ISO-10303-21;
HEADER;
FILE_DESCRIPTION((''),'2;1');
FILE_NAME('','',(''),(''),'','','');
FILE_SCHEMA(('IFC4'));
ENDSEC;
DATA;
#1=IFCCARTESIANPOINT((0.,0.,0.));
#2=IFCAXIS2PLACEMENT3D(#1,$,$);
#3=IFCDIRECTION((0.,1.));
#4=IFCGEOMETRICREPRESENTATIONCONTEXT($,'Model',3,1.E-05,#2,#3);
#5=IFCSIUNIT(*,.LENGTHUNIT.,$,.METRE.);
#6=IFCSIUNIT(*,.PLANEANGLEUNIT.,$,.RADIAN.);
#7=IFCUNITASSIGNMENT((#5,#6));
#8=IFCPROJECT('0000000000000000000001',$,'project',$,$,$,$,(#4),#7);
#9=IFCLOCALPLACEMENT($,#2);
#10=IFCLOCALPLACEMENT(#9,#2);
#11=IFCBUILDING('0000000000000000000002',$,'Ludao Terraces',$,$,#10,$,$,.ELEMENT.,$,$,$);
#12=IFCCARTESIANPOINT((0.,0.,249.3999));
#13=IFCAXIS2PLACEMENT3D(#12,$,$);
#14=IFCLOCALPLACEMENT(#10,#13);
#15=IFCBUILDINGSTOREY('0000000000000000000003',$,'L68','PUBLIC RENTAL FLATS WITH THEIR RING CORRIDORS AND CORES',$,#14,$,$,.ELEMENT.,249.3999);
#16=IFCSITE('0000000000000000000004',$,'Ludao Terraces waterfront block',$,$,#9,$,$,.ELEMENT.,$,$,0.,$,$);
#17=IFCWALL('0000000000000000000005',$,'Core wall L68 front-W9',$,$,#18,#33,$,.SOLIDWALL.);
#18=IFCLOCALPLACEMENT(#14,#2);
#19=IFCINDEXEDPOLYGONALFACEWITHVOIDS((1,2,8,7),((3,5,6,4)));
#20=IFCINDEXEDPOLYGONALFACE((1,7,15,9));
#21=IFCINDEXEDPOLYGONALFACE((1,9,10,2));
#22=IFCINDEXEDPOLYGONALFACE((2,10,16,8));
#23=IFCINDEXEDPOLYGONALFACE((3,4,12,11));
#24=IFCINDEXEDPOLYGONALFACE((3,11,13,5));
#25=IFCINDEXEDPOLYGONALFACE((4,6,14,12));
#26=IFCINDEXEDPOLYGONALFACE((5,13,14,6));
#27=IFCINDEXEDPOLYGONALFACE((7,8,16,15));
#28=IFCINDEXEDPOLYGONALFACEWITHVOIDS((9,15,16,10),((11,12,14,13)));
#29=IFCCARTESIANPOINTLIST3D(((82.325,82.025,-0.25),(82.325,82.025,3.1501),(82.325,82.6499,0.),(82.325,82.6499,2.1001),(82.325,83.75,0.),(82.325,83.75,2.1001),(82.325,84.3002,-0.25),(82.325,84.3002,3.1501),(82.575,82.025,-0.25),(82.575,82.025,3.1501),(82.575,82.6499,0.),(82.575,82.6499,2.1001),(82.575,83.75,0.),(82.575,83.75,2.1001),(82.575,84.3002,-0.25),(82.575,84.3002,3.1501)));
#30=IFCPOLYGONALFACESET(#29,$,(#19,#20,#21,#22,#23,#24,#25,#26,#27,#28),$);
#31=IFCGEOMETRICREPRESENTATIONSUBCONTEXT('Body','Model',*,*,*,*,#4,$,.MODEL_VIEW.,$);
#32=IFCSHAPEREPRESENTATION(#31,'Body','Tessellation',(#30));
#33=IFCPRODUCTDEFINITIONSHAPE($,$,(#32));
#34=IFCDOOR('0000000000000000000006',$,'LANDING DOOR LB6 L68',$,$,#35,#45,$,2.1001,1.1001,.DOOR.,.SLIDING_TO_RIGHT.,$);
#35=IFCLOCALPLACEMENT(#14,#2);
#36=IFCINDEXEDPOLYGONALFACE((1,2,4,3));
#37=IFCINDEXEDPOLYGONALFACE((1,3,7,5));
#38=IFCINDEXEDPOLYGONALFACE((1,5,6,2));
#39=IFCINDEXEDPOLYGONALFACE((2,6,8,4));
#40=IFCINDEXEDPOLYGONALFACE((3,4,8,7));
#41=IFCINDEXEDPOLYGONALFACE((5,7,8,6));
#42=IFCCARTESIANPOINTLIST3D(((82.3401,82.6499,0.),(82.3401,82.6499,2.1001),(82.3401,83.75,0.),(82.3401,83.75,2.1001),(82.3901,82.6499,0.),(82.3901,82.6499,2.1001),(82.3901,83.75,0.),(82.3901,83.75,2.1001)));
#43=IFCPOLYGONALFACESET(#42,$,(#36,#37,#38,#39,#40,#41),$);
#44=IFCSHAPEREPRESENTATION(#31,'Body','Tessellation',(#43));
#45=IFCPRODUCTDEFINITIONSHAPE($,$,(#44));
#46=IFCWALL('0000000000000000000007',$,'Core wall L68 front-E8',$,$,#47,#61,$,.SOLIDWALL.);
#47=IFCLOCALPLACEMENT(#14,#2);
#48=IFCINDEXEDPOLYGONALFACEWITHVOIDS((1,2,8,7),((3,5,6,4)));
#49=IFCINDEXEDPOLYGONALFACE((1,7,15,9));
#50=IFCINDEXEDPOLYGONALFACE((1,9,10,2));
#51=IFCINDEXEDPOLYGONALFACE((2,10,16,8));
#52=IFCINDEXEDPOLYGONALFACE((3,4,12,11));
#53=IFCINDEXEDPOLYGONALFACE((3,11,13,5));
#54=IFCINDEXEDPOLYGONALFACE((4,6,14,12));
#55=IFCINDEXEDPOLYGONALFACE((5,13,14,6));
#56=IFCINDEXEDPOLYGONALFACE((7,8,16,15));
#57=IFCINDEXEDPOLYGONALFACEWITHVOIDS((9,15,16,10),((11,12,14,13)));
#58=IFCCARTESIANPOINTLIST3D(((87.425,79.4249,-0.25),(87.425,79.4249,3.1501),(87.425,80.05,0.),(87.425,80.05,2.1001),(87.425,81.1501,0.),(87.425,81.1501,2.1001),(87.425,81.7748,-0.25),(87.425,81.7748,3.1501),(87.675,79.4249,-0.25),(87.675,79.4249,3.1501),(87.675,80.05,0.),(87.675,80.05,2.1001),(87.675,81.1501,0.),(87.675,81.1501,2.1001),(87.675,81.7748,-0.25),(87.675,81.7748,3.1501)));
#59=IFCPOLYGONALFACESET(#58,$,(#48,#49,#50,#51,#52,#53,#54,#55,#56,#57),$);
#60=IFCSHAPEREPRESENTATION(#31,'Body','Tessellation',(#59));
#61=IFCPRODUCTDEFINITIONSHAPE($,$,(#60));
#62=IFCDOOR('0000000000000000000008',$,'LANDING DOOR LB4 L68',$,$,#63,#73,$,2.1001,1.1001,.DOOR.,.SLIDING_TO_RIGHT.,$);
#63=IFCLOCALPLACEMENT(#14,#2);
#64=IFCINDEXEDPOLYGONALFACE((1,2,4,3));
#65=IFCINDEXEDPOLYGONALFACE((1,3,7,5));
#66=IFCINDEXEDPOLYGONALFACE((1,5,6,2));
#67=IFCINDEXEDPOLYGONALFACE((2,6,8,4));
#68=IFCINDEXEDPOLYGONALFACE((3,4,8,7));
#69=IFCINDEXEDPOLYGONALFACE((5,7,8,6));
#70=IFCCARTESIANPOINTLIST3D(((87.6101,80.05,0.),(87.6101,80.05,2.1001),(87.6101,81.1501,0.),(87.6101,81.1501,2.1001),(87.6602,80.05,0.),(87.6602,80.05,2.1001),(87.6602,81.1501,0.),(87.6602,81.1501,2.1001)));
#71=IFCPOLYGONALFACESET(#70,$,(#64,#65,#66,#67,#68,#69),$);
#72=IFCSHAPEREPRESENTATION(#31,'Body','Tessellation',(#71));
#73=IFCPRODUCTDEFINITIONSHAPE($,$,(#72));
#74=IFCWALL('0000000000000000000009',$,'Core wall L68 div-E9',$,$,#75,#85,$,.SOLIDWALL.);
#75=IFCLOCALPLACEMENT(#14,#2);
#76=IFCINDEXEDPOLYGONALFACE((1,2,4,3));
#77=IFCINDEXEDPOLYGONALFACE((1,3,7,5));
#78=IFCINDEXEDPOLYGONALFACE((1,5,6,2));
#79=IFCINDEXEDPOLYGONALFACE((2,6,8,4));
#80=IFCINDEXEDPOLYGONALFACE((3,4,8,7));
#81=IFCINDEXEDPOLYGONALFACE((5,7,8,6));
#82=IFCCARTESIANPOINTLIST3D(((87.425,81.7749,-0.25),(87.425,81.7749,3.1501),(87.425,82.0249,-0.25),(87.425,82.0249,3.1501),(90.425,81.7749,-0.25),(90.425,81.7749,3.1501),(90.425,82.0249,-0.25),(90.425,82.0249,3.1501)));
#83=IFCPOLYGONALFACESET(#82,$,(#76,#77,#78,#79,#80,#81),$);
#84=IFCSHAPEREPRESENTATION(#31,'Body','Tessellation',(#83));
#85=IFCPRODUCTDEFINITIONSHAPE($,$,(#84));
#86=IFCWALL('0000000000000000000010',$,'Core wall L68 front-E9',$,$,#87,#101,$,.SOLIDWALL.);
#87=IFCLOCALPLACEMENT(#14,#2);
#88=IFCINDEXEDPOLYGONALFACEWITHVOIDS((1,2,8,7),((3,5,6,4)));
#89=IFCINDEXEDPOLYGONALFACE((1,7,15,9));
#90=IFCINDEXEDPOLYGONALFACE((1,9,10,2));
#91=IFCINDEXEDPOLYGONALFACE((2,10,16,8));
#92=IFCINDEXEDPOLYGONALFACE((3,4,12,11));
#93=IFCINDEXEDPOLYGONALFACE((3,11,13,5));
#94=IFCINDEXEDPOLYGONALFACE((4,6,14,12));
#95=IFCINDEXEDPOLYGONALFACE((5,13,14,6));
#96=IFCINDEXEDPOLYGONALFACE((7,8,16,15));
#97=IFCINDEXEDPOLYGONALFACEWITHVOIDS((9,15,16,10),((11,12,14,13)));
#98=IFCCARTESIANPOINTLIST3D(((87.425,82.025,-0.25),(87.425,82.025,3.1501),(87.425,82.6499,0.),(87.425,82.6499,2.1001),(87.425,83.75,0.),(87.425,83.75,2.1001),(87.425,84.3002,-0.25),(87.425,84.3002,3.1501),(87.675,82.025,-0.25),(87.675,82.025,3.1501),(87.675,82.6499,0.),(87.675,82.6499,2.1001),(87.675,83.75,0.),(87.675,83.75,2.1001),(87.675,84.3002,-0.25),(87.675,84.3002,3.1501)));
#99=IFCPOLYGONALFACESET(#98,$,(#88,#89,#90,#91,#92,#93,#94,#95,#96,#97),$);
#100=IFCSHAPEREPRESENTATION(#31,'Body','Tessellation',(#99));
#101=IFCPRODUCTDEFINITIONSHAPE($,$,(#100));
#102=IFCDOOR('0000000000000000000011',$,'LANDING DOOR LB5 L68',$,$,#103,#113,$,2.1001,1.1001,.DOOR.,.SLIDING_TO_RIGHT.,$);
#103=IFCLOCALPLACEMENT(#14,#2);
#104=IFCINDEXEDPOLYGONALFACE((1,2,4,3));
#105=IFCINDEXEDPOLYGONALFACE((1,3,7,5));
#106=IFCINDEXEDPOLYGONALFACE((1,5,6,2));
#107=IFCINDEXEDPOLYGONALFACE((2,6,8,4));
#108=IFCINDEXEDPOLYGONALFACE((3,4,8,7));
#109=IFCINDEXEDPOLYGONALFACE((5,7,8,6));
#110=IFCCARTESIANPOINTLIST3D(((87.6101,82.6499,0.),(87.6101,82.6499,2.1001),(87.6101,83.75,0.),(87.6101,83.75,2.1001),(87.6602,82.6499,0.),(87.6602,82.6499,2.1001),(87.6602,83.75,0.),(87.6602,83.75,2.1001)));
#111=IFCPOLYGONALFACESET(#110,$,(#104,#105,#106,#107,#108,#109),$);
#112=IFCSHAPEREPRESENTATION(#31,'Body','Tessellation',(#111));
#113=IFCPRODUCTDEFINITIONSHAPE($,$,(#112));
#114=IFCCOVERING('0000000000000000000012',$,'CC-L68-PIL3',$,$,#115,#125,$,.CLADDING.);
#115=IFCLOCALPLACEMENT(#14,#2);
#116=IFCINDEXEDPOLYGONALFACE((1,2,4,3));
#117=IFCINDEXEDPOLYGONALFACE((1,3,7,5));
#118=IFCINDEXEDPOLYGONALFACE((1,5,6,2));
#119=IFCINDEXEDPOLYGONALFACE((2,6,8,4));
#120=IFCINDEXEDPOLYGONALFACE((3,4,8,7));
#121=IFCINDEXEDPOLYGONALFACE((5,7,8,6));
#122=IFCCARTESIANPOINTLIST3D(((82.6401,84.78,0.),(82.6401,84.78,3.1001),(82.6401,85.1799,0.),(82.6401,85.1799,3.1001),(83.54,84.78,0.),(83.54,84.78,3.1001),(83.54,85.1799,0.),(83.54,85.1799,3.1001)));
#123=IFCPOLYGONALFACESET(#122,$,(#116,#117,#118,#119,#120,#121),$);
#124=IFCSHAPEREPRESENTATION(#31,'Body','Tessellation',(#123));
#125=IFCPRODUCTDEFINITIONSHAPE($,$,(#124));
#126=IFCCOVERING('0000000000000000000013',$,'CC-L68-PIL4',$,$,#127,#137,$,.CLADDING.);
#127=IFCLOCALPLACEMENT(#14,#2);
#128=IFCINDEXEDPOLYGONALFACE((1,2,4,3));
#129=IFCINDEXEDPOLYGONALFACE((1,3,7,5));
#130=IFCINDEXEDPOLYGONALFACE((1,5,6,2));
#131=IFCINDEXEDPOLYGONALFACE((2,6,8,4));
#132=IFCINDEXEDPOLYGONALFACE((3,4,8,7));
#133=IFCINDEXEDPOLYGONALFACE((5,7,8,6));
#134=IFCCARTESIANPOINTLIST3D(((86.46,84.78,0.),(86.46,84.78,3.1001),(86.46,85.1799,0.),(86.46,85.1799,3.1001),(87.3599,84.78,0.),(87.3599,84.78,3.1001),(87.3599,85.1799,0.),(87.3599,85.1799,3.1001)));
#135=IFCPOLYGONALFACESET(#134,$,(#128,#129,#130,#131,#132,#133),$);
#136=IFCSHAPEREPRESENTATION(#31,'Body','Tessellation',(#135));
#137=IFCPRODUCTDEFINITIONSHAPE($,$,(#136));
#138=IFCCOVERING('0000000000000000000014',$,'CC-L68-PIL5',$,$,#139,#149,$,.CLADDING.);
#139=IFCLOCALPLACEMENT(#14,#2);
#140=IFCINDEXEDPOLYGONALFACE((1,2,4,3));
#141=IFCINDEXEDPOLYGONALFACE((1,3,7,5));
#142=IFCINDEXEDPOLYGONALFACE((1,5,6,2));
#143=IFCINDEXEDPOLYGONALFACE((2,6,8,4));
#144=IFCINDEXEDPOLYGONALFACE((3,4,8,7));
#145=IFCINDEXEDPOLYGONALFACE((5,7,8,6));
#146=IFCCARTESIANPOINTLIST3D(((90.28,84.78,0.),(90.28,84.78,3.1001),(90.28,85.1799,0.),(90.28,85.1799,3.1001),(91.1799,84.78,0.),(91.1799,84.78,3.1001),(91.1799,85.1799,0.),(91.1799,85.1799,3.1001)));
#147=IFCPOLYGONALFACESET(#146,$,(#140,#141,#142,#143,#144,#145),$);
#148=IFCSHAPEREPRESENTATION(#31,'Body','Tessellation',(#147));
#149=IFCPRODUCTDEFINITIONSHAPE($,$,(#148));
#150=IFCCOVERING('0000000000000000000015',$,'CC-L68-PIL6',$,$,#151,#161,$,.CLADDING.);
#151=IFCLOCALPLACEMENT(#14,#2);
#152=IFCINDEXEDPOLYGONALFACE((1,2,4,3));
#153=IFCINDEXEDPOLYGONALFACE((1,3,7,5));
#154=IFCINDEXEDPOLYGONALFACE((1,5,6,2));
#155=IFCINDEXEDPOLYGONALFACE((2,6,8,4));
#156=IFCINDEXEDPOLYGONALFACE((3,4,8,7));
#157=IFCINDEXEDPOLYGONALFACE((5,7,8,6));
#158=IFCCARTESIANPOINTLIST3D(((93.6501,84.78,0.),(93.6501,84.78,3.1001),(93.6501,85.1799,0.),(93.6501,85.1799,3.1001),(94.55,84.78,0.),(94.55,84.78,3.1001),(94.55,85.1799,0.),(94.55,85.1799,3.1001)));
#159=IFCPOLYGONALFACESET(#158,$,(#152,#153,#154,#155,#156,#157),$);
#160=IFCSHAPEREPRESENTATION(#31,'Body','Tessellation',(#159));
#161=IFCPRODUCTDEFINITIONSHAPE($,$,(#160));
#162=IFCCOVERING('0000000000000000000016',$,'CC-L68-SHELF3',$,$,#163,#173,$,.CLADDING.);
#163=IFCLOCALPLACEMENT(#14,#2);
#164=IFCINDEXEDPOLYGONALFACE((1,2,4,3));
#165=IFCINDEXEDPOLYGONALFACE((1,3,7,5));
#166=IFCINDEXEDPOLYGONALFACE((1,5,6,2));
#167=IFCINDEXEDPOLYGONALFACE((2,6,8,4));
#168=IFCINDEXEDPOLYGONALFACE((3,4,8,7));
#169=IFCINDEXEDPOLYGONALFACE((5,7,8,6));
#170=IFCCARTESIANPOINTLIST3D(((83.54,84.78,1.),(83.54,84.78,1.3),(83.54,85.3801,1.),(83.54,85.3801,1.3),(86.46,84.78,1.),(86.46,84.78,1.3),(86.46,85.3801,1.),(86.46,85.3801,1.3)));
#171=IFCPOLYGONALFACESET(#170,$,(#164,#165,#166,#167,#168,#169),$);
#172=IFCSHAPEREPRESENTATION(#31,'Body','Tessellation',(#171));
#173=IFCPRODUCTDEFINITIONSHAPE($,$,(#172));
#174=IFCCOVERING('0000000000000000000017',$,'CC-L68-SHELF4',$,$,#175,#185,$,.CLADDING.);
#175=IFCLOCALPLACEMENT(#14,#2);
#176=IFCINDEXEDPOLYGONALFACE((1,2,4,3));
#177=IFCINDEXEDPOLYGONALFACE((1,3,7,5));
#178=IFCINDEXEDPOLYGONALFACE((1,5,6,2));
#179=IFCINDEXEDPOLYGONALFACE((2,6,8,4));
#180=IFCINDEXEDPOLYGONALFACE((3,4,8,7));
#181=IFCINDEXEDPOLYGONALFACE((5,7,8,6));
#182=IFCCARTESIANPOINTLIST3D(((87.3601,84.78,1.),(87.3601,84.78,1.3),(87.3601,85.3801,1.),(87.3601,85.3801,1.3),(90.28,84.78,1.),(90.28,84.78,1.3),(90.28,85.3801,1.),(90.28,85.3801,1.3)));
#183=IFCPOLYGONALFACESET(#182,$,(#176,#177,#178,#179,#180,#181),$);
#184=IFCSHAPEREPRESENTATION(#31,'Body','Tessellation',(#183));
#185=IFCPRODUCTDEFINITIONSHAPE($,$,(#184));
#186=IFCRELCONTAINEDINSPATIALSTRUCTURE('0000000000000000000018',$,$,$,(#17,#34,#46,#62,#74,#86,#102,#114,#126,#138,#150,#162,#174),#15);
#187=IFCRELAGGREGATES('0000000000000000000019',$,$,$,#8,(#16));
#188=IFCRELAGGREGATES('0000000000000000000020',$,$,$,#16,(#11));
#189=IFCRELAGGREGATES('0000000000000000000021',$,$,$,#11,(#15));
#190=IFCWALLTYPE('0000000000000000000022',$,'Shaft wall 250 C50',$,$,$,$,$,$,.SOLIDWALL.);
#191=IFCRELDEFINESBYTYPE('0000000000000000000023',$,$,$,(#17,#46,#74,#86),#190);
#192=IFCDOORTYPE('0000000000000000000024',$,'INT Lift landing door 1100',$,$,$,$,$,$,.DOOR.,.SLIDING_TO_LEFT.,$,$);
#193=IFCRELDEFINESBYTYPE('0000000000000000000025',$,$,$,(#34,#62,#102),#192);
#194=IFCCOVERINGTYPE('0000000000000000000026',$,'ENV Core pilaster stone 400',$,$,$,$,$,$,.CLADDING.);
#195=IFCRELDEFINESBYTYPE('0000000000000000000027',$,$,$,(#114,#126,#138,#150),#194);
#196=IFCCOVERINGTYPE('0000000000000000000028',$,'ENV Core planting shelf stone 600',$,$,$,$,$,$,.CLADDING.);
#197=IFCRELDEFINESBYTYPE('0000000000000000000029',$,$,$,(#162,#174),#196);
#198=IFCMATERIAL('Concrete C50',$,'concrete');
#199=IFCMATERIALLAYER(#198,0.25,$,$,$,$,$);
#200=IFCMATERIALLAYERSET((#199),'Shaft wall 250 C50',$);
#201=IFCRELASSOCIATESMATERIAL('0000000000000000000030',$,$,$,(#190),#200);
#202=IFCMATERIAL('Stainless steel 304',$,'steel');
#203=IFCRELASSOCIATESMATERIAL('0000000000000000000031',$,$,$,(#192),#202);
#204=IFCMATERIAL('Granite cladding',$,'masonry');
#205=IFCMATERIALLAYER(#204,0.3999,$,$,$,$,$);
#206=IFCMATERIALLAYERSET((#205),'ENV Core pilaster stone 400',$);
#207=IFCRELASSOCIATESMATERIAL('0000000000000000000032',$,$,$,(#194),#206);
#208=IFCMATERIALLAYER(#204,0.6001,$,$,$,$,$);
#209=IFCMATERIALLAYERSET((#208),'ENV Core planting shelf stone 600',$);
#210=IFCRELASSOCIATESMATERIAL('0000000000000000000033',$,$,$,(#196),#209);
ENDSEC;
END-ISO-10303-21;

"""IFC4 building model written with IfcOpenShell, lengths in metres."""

from ifc_helpers import new_model, si_unit, direction, frame, frame_2d, origin, origin_2d, place, context, subcontext, project, spatial, rectangle, extrude, material, layer, layer_set, type_object, element, fill, save


model = new_model("IFC4")

# Units and contexts
model_context = context("Model", 3, precision=1e-05, world=origin(), true_north=direction((0.0, 1.0)))
body_context = subcontext(model_context, "Body", "Model", "MODEL_VIEW")
ifc_project = project(units=[si_unit("LENGTHUNIT", "METRE"), si_unit("PLANEANGLEUNIT", "RADIAN")], contexts=[model_context])

# Site, building, storey
site_placement = place(None, origin())
site = spatial("IfcSite", under=ifc_project, at=site_placement, Name="Ludao Terraces waterfront block", CompositionType="ELEMENT", RefElevation=0.0)
building_placement = place(site_placement, origin())
building = spatial("IfcBuilding", under=site, at=building_placement, Name="Ludao Terraces", CompositionType="ELEMENT")
storey_placement = place(building_placement, frame((0.0, 0.0, 249.3999)))
storey = spatial("IfcBuildingStorey", under=building, at=storey_placement, Name="L68", Description="PUBLIC RENTAL FLATS WITH THEIR RING CORRIDORS AND CORES", CompositionType="ELEMENT", Elevation=249.3999)

# Walls, openings, doors
ifc_material_1 = material(Name="Concrete C50", Category="concrete")
ifc_layer_1 = layer(ifc_material_1, 0.25)
ifc_layer_set_1 = layer_set([ifc_layer_1], Name="Shaft wall 250 C50")
wall_type = type_object("IfcWallType", Name="Shaft wall 250 C50", PredefinedType="SOLIDWALL", material=ifc_layer_set_1)
wall_1_placement = place(storey_placement, frame((82.45, 82.0249, -0.25), z_axis=(0.0, 0.0, 1.0), x_axis=(0.0, 1.0, 0.0)))
wall_1 = element("IfcWall", 1, at=wall_1_placement, inside=storey, type_object=wall_type, Name="Core wall L68 front-W9", PredefinedType="SOLIDWALL", context=body_context, shape_type="SweptSolid", body=[
    extrude(rectangle(XDim=2.2751, YDim=0.25, at=frame_2d((1.1377, 0.0))), origin(), (0.0, 0.0, 1.0), 3.4001),
])
opening_1_placement = place(wall_1_placement, frame((0.625, 0.0, 0.25)))
opening_1 = element("IfcOpeningElement", 2, at=opening_1_placement, cuts=wall_1, PredefinedType="OPENING", context=body_context, shape_type="SweptSolid", body=[
    extrude(rectangle(XDim=1.1001, YDim=2.1001, at=frame_2d((0.55, 1.05))), frame((0.0, 0.135, 0.0), z_axis=(0.0, -1.0, 0.0), x_axis=(1.0, 0.0, 0.0)), (0.0, 0.0, 1.0), 0.27),
])
ifc_material_2 = material(Name="Stainless steel 304", Category="steel")
door_type = type_object("IfcDoorType", Name="INT Lift landing door 1100", OperationType="SLIDING_TO_LEFT", PredefinedType="DOOR", material=ifc_material_2)
door_1_placement = place(opening_1_placement, origin())
door_1 = element("IfcDoor", 3, at=door_1_placement, inside=storey, type_object=door_type, Name="LANDING DOOR LB6 L68", OperationType="SLIDING_TO_RIGHT", OverallHeight=2.1001, OverallWidth=1.1001, PredefinedType="DOOR", context=body_context, shape_type="SweptSolid", body=[
    extrude(rectangle(XDim=1.1001, YDim=2.1001, at=frame_2d((0.55, 1.05))), frame((0.0, 0.1099, 0.0), z_axis=(0.0, -1.0, 0.0), x_axis=(1.0, 0.0, 0.0)), (0.0, 0.0, 1.0), 0.05),
])
fill(opening_1, door_1)
wall_2_placement = place(storey_placement, frame((87.55, 79.425, -0.25), z_axis=(0.0, 0.0, 1.0), x_axis=(0.0, 1.0, 0.0)))
wall_2 = element("IfcWall", 4, at=wall_2_placement, inside=storey, type_object=wall_type, Name="Core wall L68 front-E8", PredefinedType="SOLIDWALL", context=body_context, shape_type="SweptSolid", body=[
    extrude(rectangle(XDim=2.3499, YDim=0.25, at=frame_2d((1.1748, 0.0))), origin(), (0.0, 0.0, 1.0), 3.4001),
])
opening_2_placement = place(wall_2_placement, frame((0.625, 0.0, 0.25)))
opening_2 = element("IfcOpeningElement", 5, at=opening_2_placement, cuts=wall_2, PredefinedType="OPENING", context=body_context, shape_type="SweptSolid", body=[
    extrude(rectangle(XDim=1.1001, YDim=2.1001, at=frame_2d((0.55, 1.05))), frame((0.0, 0.135, 0.0), z_axis=(0.0, -1.0, 0.0), x_axis=(1.0, 0.0, 0.0)), (0.0, 0.0, 1.0), 0.27),
])
door_2_placement = place(opening_2_placement, origin())
door_2 = element("IfcDoor", 6, at=door_2_placement, inside=storey, type_object=door_type, Name="LANDING DOOR LB4 L68", OperationType="SLIDING_TO_RIGHT", OverallHeight=2.1001, OverallWidth=1.1001, PredefinedType="DOOR", context=body_context, shape_type="SweptSolid", body=[
    extrude(rectangle(XDim=1.1001, YDim=2.1001, at=frame_2d((0.55, 1.05))), frame((0.0, -0.0601, 0.0), z_axis=(0.0, -1.0, 0.0), x_axis=(1.0, 0.0, 0.0)), (0.0, 0.0, 1.0), 0.05),
])
fill(opening_2, door_2)

# Wall
wall_3_placement = place(storey_placement, frame((87.425, 81.8999, -0.25), z_axis=(0.0, 0.0, 1.0), x_axis=(1.0, 0.0, 0.0)))
element("IfcWall", 7, at=wall_3_placement, inside=storey, type_object=wall_type, Name="Core wall L68 div-E9", PredefinedType="SOLIDWALL", context=body_context, shape_type="SweptSolid", body=[
    extrude(rectangle(XDim=3.0, YDim=0.25, at=frame_2d((1.5, 0.0))), origin(), (0.0, 0.0, 1.0), 3.4001),
])

# Wall, opening, door
wall_4_placement = place(storey_placement, frame((87.55, 82.0249, -0.25), z_axis=(0.0, 0.0, 1.0), x_axis=(0.0, 1.0, 0.0)))
wall_4 = element("IfcWall", 8, at=wall_4_placement, inside=storey, type_object=wall_type, Name="Core wall L68 front-E9", PredefinedType="SOLIDWALL", context=body_context, shape_type="SweptSolid", body=[
    extrude(rectangle(XDim=2.2751, YDim=0.25, at=frame_2d((1.1377, 0.0))), origin(), (0.0, 0.0, 1.0), 3.4001),
])
opening_3_placement = place(wall_4_placement, frame((0.625, 0.0, 0.25)))
opening_3 = element("IfcOpeningElement", 9, at=opening_3_placement, cuts=wall_4, PredefinedType="OPENING", context=body_context, shape_type="SweptSolid", body=[
    extrude(rectangle(XDim=1.1001, YDim=2.1001, at=frame_2d((0.55, 1.05))), frame((0.0, 0.135, 0.0), z_axis=(0.0, -1.0, 0.0), x_axis=(1.0, 0.0, 0.0)), (0.0, 0.0, 1.0), 0.27),
])
door_3_placement = place(opening_3_placement, origin())
door_3 = element("IfcDoor", 10, at=door_3_placement, inside=storey, type_object=door_type, Name="LANDING DOOR LB5 L68", OperationType="SLIDING_TO_RIGHT", OverallHeight=2.1001, OverallWidth=1.1001, PredefinedType="DOOR", context=body_context, shape_type="SweptSolid", body=[
    extrude(rectangle(XDim=1.1001, YDim=2.1001, at=frame_2d((0.55, 1.05))), frame((0.0, -0.0601, 0.0), z_axis=(0.0, -1.0, 0.0), x_axis=(1.0, 0.0, 0.0)), (0.0, 0.0, 1.0), 0.05),
])
fill(opening_3, door_3)

# Coverings
ifc_material_3 = material(Name="Granite cladding", Category="masonry")
ifc_layer_2 = layer(ifc_material_3, 0.3999)
ifc_layer_set_2 = layer_set([ifc_layer_2], Name="ENV Core pilaster stone 400")
covering_type_1 = type_object("IfcCoveringType", Name="ENV Core pilaster stone 400", PredefinedType="CLADDING", material=ifc_layer_set_2)
for number, where, z_axis, x_axis, name in (
    (11, (83.0901, 84.98, 0.0), (0.0, 0.0, 1.0), (1.0, 0.0, 0.0), "CC-L68-PIL3"),
    (12, (86.9099, 84.98, 0.0), (0.0, 0.0, 1.0), (1.0, 0.0, 0.0), "CC-L68-PIL4"),
    (13, (90.73, 84.98, 0.0), (0.0, 0.0, 1.0), (1.0, 0.0, 0.0), "CC-L68-PIL5"),
    (14, (94.1001, 84.98, 0.0), (0.0, 0.0, 1.0), (1.0, 0.0, 0.0), "CC-L68-PIL6"),
):
    element("IfcCovering", number, at=place(storey_placement, frame(where, z_axis=z_axis, x_axis=x_axis)), inside=storey, type_object=covering_type_1, Name=name, PredefinedType="CLADDING", context=body_context, shape_type="SweptSolid", body=[
        extrude(rectangle(XDim=0.8999, YDim=0.3999, at=origin_2d()), origin(), (0.0, 0.0, 1.0), 3.1001),
    ])
ifc_layer_3 = layer(ifc_material_3, 0.6001)
ifc_layer_set_3 = layer_set([ifc_layer_3], Name="ENV Core planting shelf stone 600")
covering_type_2 = type_object("IfcCoveringType", Name="ENV Core planting shelf stone 600", PredefinedType="CLADDING", material=ifc_layer_set_3)
for number, where, z_axis, x_axis, name in (
    (15, (85.0, 85.0801, 1.0), (0.0, 0.0, 1.0), (1.0, 0.0, 0.0), "CC-L68-SHELF3"),
    (16, (88.8201, 85.0801, 1.0), (0.0, 0.0, 1.0), (1.0, 0.0, 0.0), "CC-L68-SHELF4"),
):
    element("IfcCovering", number, at=place(storey_placement, frame(where, z_axis=z_axis, x_axis=x_axis)), inside=storey, type_object=covering_type_2, Name=name, PredefinedType="CLADDING", context=body_context, shape_type="SweptSolid", body=[
        extrude(rectangle(XDim=2.9199, YDim=0.6001, at=origin_2d()), origin(), (0.0, 0.0, 1.0), 0.3),
    ])

save(model, "model.ifc")
